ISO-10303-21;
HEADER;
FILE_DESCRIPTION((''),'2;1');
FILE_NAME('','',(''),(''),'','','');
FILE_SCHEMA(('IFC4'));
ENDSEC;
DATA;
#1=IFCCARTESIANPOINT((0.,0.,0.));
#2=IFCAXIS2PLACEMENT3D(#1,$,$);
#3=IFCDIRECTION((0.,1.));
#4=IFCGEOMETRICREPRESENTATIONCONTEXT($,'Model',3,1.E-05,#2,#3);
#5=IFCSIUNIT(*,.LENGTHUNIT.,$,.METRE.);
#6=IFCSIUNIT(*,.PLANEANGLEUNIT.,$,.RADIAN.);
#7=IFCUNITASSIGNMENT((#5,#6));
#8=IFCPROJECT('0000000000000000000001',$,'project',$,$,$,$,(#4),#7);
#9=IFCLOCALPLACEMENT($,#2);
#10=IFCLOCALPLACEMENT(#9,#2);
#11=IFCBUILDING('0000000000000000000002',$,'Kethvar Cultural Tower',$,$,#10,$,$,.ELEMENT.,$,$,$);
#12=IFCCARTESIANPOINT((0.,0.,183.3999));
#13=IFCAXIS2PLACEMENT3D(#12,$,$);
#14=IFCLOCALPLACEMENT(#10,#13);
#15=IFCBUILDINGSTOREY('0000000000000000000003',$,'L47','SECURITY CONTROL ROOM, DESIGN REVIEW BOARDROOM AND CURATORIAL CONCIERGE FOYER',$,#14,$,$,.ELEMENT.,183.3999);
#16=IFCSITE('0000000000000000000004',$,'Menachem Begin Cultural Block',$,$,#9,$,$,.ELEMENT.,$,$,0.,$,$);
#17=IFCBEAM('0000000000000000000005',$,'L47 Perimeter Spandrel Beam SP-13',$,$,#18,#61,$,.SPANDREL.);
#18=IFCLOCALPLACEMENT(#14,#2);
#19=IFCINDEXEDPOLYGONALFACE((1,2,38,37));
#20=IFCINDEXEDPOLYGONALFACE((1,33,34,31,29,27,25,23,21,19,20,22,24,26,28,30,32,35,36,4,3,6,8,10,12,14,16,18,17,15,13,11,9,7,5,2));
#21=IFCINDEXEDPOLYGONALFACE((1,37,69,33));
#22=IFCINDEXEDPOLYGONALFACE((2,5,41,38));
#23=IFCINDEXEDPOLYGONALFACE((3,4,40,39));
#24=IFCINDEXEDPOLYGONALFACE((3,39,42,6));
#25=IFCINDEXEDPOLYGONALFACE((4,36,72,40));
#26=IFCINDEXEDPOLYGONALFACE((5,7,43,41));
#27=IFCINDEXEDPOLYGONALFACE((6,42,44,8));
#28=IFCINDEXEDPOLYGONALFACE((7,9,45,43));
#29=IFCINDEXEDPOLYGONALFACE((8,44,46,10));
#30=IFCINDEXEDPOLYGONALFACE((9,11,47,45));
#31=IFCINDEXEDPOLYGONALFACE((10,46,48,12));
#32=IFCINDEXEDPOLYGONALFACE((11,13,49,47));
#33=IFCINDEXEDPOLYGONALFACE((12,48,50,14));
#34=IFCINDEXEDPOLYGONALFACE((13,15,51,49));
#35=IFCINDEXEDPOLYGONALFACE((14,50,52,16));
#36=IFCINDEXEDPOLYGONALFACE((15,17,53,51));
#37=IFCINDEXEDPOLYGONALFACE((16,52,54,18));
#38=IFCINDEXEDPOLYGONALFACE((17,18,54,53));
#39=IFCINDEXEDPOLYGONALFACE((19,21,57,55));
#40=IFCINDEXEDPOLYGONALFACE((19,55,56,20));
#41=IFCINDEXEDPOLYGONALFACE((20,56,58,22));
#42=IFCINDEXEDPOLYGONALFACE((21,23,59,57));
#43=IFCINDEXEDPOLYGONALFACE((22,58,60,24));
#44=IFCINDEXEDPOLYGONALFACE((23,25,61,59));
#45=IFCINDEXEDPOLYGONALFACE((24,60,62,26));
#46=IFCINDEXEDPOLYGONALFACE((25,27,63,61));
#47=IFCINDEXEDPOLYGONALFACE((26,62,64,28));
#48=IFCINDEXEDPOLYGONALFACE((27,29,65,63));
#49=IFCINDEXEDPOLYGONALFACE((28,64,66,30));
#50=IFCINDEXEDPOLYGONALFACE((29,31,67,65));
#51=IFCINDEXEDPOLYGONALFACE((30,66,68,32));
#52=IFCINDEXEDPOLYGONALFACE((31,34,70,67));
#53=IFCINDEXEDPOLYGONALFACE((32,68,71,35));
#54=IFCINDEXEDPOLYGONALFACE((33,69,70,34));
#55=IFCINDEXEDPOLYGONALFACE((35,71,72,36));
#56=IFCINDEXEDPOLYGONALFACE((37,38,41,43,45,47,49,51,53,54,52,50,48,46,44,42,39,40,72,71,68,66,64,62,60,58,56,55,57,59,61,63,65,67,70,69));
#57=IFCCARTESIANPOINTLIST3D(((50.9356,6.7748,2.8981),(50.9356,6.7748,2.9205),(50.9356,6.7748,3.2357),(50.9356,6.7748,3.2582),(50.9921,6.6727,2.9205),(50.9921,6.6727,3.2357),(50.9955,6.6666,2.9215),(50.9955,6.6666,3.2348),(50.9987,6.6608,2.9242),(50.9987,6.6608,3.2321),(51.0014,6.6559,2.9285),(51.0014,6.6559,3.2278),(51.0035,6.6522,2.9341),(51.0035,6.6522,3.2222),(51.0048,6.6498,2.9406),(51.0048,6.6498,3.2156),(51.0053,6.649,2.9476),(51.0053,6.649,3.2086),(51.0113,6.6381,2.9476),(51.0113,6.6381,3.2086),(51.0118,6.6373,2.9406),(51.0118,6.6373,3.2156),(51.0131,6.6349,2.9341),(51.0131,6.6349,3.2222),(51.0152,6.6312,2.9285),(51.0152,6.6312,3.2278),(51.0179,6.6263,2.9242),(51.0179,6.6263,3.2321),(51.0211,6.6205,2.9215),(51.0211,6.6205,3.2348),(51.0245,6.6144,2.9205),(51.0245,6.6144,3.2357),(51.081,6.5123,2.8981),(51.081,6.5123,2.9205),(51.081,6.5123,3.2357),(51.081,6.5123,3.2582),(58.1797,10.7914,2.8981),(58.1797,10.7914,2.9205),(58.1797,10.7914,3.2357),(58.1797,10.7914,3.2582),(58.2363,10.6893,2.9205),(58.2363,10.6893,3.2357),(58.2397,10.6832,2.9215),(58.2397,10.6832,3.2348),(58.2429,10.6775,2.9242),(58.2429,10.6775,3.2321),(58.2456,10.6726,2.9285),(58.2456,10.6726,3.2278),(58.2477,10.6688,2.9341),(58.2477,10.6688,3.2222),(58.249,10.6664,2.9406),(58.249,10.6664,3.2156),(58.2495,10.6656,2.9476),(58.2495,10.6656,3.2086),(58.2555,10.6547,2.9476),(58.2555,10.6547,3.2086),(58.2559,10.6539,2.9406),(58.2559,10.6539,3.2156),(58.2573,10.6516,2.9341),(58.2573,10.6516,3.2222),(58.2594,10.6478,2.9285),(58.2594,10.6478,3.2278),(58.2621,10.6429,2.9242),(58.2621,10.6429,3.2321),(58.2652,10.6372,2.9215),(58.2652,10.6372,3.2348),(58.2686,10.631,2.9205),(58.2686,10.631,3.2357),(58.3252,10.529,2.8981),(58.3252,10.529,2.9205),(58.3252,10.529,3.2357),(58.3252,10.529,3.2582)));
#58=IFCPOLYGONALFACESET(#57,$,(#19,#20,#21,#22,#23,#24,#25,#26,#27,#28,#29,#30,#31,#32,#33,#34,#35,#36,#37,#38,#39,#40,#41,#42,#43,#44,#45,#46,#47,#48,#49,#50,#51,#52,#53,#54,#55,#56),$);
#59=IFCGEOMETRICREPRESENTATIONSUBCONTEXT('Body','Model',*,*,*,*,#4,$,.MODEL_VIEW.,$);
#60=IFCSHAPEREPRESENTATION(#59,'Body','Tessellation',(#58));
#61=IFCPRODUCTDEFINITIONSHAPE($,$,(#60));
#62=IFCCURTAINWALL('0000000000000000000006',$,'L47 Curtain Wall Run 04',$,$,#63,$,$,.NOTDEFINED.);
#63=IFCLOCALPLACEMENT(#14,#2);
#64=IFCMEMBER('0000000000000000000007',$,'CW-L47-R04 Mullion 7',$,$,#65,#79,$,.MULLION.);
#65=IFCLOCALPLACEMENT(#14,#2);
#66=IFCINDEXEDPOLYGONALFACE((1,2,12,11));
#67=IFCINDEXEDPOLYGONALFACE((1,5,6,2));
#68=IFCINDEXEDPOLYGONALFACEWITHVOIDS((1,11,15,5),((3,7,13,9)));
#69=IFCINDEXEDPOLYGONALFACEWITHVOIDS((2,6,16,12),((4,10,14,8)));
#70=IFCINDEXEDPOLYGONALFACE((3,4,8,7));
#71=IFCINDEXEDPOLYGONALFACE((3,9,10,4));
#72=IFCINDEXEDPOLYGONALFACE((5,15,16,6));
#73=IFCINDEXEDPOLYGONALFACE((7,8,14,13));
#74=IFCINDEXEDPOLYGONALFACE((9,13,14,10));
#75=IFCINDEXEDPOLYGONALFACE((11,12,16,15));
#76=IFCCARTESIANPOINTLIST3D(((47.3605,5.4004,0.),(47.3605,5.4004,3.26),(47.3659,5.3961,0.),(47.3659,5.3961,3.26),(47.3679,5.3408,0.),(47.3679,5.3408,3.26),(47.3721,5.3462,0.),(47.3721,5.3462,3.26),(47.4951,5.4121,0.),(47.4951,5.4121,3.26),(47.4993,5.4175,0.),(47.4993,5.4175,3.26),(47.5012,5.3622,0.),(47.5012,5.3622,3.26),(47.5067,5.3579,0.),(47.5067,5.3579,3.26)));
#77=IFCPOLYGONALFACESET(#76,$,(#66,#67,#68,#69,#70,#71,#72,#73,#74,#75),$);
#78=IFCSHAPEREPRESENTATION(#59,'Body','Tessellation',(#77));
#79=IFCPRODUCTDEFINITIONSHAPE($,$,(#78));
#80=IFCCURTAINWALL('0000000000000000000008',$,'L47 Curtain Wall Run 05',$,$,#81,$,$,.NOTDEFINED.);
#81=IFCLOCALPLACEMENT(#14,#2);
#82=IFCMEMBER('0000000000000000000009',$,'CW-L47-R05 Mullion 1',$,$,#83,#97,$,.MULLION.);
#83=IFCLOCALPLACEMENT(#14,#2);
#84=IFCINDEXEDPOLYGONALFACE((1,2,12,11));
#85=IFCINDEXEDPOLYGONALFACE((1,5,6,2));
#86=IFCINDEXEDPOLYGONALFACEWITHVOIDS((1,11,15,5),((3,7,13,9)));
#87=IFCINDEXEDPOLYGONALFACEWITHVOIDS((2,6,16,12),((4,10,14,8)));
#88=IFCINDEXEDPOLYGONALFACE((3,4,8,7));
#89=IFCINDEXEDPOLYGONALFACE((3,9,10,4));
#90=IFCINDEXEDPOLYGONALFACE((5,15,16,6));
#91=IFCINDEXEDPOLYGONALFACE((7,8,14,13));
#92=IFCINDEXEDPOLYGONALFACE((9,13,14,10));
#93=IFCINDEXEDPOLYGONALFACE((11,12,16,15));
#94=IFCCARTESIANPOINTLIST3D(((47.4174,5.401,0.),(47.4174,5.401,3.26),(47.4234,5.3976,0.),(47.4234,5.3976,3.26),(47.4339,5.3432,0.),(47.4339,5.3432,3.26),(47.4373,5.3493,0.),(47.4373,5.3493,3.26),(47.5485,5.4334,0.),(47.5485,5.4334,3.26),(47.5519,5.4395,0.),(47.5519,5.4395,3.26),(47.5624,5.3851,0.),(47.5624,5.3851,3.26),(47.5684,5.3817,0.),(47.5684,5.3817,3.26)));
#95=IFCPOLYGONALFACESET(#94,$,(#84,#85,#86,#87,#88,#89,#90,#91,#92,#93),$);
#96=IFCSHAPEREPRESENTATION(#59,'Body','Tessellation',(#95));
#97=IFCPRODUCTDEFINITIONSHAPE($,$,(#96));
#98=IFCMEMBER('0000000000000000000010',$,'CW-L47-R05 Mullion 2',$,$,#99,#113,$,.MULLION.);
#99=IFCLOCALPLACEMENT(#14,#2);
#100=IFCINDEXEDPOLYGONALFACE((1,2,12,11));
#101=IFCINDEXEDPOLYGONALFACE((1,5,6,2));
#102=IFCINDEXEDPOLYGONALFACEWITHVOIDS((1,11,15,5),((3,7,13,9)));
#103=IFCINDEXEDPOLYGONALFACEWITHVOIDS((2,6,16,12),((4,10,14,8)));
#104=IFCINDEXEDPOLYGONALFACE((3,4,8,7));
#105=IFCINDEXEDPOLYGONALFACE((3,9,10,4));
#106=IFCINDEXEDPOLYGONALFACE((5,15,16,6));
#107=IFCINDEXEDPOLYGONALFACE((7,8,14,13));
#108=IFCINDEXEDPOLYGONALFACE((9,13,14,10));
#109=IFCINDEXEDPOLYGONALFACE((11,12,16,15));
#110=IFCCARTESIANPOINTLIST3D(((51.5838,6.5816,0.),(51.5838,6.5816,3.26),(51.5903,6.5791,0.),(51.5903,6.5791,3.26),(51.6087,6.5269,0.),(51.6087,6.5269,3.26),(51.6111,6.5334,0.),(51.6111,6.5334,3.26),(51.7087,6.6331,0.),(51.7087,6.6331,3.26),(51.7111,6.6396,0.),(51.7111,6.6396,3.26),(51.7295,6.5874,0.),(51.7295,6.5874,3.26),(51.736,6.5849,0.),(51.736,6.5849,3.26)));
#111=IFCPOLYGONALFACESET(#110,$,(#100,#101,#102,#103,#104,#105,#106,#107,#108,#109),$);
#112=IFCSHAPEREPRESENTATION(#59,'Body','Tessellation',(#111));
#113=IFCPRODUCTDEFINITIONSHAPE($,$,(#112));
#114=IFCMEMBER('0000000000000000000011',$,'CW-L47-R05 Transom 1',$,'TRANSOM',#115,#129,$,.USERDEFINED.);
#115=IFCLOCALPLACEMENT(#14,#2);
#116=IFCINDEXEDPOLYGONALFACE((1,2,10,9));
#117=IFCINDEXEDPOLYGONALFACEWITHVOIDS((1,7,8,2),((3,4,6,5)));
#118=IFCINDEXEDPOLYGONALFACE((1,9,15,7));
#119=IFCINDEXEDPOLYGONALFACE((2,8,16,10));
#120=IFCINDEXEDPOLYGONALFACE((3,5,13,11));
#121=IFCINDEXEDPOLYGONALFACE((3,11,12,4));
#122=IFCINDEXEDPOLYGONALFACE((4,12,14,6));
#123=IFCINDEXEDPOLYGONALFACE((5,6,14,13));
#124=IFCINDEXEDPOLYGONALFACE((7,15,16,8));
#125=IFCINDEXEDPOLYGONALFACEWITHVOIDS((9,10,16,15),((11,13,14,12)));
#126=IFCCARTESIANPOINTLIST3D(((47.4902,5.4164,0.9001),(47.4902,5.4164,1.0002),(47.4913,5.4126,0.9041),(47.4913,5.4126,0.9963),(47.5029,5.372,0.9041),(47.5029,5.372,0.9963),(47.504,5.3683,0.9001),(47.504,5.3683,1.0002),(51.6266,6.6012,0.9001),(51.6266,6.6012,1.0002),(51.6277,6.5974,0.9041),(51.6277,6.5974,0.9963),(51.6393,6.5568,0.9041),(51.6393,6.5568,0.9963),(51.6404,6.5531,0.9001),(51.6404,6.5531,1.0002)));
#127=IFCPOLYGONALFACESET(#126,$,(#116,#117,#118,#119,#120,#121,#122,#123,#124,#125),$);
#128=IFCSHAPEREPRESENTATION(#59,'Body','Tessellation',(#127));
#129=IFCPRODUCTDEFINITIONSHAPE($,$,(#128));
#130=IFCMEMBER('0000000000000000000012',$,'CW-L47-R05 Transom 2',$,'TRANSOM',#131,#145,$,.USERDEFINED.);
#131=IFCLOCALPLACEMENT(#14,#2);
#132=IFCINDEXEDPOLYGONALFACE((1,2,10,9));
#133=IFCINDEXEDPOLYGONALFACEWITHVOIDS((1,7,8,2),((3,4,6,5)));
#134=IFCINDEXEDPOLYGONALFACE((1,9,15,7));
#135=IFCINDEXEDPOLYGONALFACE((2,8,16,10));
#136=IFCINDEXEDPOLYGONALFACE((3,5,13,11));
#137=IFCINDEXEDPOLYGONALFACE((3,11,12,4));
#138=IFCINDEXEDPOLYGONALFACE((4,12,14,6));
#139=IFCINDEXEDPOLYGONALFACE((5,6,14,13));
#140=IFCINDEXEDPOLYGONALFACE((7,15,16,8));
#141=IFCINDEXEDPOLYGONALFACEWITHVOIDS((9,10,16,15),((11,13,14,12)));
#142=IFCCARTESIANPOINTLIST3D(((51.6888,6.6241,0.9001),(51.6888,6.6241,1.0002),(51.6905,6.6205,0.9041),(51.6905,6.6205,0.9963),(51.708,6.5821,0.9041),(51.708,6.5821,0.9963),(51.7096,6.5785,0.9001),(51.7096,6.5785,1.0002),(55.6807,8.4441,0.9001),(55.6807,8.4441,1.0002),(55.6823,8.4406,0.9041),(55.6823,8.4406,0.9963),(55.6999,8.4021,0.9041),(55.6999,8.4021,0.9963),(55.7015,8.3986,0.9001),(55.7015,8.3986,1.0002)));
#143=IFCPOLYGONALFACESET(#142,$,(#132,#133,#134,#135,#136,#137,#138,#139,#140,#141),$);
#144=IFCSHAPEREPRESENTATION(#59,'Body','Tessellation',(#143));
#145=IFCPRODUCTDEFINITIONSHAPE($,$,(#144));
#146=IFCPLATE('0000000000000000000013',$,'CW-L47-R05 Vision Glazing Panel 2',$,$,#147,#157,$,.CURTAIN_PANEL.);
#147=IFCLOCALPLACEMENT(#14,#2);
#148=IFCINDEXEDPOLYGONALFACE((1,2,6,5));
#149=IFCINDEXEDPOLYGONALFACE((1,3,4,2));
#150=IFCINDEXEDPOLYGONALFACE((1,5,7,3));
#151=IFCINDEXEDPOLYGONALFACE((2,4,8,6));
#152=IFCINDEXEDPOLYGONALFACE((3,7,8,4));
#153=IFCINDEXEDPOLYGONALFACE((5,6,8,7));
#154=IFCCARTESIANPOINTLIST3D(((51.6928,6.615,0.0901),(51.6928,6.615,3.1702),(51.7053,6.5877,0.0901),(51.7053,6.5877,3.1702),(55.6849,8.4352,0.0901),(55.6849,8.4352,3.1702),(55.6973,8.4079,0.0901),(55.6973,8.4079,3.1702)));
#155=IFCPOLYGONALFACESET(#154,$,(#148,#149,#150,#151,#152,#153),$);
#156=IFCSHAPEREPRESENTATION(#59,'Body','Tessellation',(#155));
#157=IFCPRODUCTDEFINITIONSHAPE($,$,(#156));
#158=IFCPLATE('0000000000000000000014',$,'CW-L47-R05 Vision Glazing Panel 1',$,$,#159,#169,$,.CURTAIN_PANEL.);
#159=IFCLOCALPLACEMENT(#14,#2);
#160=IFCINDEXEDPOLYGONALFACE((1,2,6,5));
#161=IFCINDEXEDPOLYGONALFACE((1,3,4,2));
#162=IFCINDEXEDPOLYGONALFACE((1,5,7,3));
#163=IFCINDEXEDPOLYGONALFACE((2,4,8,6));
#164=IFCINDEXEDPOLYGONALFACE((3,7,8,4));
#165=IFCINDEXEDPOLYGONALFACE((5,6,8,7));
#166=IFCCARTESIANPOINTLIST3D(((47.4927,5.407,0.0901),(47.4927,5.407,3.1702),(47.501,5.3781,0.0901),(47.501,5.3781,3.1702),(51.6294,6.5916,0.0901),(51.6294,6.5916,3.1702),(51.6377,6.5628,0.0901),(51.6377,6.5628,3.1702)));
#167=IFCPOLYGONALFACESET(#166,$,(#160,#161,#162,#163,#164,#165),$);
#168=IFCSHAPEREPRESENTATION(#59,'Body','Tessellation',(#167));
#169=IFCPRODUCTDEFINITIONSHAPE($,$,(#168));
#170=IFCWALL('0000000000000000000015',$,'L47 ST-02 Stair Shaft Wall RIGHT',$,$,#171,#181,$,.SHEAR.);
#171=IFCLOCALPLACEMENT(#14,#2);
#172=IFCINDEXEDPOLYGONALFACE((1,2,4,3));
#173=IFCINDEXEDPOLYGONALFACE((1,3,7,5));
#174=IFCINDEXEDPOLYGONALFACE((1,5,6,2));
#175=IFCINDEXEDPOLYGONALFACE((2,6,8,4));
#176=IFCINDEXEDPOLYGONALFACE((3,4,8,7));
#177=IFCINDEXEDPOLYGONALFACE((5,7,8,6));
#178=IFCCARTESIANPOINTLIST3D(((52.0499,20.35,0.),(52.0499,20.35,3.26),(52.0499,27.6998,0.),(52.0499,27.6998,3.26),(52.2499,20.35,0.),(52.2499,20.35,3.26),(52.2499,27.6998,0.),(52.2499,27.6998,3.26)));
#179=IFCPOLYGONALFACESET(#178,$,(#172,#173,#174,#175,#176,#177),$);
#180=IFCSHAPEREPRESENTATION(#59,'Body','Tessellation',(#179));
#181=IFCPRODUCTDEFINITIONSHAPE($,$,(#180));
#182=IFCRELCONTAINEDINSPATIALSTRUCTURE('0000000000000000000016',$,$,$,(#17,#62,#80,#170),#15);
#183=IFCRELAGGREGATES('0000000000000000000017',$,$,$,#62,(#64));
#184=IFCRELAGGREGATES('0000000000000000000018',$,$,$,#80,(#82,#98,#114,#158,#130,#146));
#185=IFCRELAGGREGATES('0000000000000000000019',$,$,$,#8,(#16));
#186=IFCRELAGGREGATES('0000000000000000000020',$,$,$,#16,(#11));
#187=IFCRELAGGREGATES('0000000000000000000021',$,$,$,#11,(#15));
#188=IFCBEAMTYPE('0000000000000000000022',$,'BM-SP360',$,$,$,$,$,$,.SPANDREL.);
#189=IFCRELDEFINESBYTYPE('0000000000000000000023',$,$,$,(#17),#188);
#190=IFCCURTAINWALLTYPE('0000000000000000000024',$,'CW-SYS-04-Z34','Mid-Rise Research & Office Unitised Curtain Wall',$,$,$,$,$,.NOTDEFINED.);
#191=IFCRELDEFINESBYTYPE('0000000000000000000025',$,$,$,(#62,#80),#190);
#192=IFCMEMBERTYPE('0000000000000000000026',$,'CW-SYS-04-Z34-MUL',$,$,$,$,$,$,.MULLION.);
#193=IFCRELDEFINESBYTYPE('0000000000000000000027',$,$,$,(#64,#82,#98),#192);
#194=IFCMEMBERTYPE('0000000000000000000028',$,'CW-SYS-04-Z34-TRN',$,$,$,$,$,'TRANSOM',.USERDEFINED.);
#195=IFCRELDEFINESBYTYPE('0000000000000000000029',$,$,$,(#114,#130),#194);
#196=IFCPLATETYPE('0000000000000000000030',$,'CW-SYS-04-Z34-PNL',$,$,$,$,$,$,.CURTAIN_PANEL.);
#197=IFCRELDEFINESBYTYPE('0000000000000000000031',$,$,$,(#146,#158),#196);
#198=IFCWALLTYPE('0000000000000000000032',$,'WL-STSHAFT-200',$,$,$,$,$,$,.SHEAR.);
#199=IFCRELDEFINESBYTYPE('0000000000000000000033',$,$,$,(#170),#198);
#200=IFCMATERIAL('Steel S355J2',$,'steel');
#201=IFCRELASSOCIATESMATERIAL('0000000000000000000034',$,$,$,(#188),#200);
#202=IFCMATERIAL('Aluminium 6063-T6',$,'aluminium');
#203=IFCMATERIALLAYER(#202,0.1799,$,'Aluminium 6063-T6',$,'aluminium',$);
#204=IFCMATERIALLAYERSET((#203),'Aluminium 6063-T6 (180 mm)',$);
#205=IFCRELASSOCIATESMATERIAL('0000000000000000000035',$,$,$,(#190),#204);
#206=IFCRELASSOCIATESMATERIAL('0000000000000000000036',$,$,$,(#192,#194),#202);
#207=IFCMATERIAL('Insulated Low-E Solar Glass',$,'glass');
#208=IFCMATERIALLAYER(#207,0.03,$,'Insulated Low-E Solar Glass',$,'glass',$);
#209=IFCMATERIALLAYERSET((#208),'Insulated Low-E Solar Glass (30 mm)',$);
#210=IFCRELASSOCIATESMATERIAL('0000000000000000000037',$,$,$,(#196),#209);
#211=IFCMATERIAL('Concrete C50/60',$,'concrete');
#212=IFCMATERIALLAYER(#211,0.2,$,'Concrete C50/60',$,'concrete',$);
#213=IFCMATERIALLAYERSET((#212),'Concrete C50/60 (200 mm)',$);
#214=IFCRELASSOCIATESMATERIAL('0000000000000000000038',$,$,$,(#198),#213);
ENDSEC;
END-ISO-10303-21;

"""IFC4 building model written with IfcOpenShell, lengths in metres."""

from ifc_helpers import new_model, si_unit, direction, frame, frame_2d, origin, origin_2d, place, context, subcontext, project, spatial, rectangle, hollow_rectangle, i_section, extrude, source, transform, mapped, material, layer, layer_set, material_profile, profile_set, type_object, element, aggregate, save


model = new_model("IFC4")

# Units and contexts
model_context = context("Model", 3, precision=1e-05, world=origin(), true_north=direction((0.0, 1.0)))
body_context = subcontext(model_context, "Body", "Model", "MODEL_VIEW")
ifc_project = project(units=[si_unit("LENGTHUNIT", "METRE"), si_unit("PLANEANGLEUNIT", "RADIAN")], contexts=[model_context])

# Site, building, storey
site_placement = place(None, origin())
site = spatial("IfcSite", under=ifc_project, at=site_placement, Name="Menachem Begin Cultural Block", CompositionType="ELEMENT", RefElevation=0.0)
building_placement = place(site_placement, origin())
building = spatial("IfcBuilding", under=site, at=building_placement, Name="Kethvar Cultural Tower", CompositionType="ELEMENT")
storey_placement = place(building_placement, frame((0.0, 0.0, 183.3999)))
storey = spatial("IfcBuildingStorey", under=building, at=storey_placement, Name="L47", Description="SECURITY CONTROL ROOM, DESIGN REVIEW BOARDROOM AND CURATORIAL CONCIERGE FOYER", CompositionType="ELEMENT", Elevation=183.3999)

# Beam
ifc_material_1 = material(Name="Steel S355J2", Category="steel")
ifc_material_profile_1 = material_profile(ifc_material_1, i_section(OverallWidth=0.3, OverallDepth=0.3601, WebThickness=0.0125, FlangeThickness=0.0225, FilletRadius=0.0271, at=origin_2d()), Name="Steel S355J2 — HEB360")
ifc_profile_set_1 = profile_set([ifc_material_profile_1], Name="Steel S355J2 — HEB360")
beam_type_1 = type_object("IfcBeamType", Name="BM-SP360", PredefinedType="SPANDREL", material=ifc_profile_set_1)
shared_shape_1 = source(origin(), body_context, "Body", "SweptSolid", [
    extrude(i_section(OverallWidth=0.3, OverallDepth=0.3601, WebThickness=0.0125, FlangeThickness=0.0225, FilletRadius=0.0271, at=origin_2d()), origin(), (0.0, 0.0, 1.0), 8.2832),
])
beam_1_placement = place(storey_placement, frame((51.0083, 6.6436, 3.0781), z_axis=(0.874563, 0.484912, 0.0), x_axis=(-0.484912, 0.874563, 0.0)))
element("IfcBeam", 1, at=beam_1_placement, inside=storey, type_object=beam_type_1, Name="L47 Perimeter Spandrel Beam SP-13", PredefinedType="SPANDREL", context=body_context, shape_type="MappedRepresentation", body=[
    mapped(shared_shape_1, transform((0.0, 0.0, 0.0), scale=1.0)),
])

# Curtain wall, member
ifc_material_2 = material(Name="Aluminium 6063-T6", Category="aluminium")
ifc_layer_1 = layer(ifc_material_2, 0.1799, Name="Aluminium 6063-T6", Category="aluminium")
ifc_layer_set_1 = layer_set([ifc_layer_1], Name="Aluminium 6063-T6 (180 mm)")
curtain_wall_type = type_object("IfcCurtainWallType", Name="CW-SYS-04-Z34", Description="Mid-Rise Research & Office Unitised Curtain Wall", PredefinedType="NOTDEFINED", material=ifc_layer_set_1)
curtain_wall_1_placement = place(storey_placement, origin())
curtain_wall_1 = element("IfcCurtainWall", 2, at=curtain_wall_1_placement, inside=storey, type_object=curtain_wall_type, Name="L47 Curtain Wall Run 04", PredefinedType="NOTDEFINED")
ifc_material_profile_2 = material_profile(ifc_material_2, hollow_rectangle(XDim=0.0601, YDim=0.1399, WallThickness=0.0049, at=origin_2d()), Name="Aluminium 6063-T6 — RHS140x60x5")
ifc_profile_set_2 = profile_set([ifc_material_profile_2], Name="Aluminium 6063-T6 — RHS140x60x5")
member_type_1 = type_object("IfcMemberType", Name="CW-SYS-04-Z34-MUL", PredefinedType="MULLION", material=ifc_profile_set_2)
shared_shape_2 = source(origin(), body_context, "Body", "SweptSolid", [
    extrude(hollow_rectangle(XDim=0.0601, YDim=0.1399, WallThickness=0.0049, at=origin_2d()), origin(), (0.0, 0.0, 1.0), 3.26),
])
member_1_placement = place(storey_placement, frame((47.4336, 5.3792, 0.0), z_axis=(0.0, 0.0, 1.0), x_axis=(-0.122614, 0.992454, 0.0)))
member_1 = element("IfcMember", 3, at=member_1_placement, type_object=member_type_1, Name="CW-L47-R04 Mullion 7", PredefinedType="MULLION", context=body_context, shape_type="MappedRepresentation", body=[
    mapped(shared_shape_2, transform((0.0, 0.0, 0.0), scale=1.0)),
])
aggregate(curtain_wall_1, [member_1])

# Curtain wall, members, plates
curtain_wall_2_placement = place(storey_placement, origin())
curtain_wall_2 = element("IfcCurtainWall", 4, at=curtain_wall_2_placement, inside=storey, type_object=curtain_wall_type, Name="L47 Curtain Wall Run 05", PredefinedType="NOTDEFINED")
member_2_placement = place(storey_placement, frame((47.4929, 5.3914, 0.0), z_axis=(0.0, 0.0, 1.0), x_axis=(-0.275319, 0.961353, 0.0)))
member_2 = element("IfcMember", 5, at=member_2_placement, type_object=member_type_1, Name="CW-L47-R05 Mullion 1", PredefinedType="MULLION", context=body_context, shape_type="MappedRepresentation", body=[
    mapped(shared_shape_2, transform((0.0, 0.0, 0.0), scale=1.0)),
])
member_3_placement = place(storey_placement, frame((51.6599, 6.5833, 0.0), z_axis=(0.0, 0.0, 1.0), x_axis=(-0.414868, 0.909882, 0.0)))
member_3 = element("IfcMember", 6, at=member_3_placement, type_object=member_type_1, Name="CW-L47-R05 Mullion 2", PredefinedType="MULLION", context=body_context, shape_type="MappedRepresentation", body=[
    mapped(shared_shape_2, transform((0.0, 0.0, 0.0), scale=1.0)),
])
ifc_material_profile_3 = material_profile(ifc_material_2, hollow_rectangle(XDim=0.05, YDim=0.1001, WallThickness=0.0039, at=origin_2d()), Name="Aluminium 6063-T6 — RHS100x50x4")
ifc_profile_set_3 = profile_set([ifc_material_profile_3], Name="Aluminium 6063-T6 — RHS100x50x4")
member_type_2 = type_object("IfcMemberType", Name="CW-SYS-04-Z34-TRN", ElementType="TRANSOM", PredefinedType="USERDEFINED", material=ifc_profile_set_3)
shared_shape_3 = source(origin(), body_context, "Body", "SweptSolid", [
    extrude(hollow_rectangle(XDim=0.05, YDim=0.1001, WallThickness=0.0039, at=origin_2d()), origin(), (0.0, 0.0, 1.0), 4.3027),
])
member_4_placement = place(storey_placement, frame((47.4971, 5.3923, 0.9502), z_axis=(0.961342, 0.275358, 0.0), x_axis=(-0.275358, 0.961342, 0.0)))
member_4 = element("IfcMember", 7, at=member_4_placement, type_object=member_type_2, Name="CW-L47-R05 Transom 1", ObjectType="TRANSOM", PredefinedType="USERDEFINED", context=body_context, shape_type="MappedRepresentation", body=[
    mapped(shared_shape_3, transform((0.0, 0.0, 0.0), scale=1.0)),
])
shared_shape_4 = source(origin(), body_context, "Body", "SweptSolid", [
    extrude(hollow_rectangle(XDim=0.05, YDim=0.1001, WallThickness=0.0039, at=origin_2d()), origin(), (0.0, 0.0, 1.0), 4.3872),
])
member_5_placement = place(storey_placement, frame((51.6992, 6.6013, 0.9502), z_axis=(0.909889, 0.414851, 0.0), x_axis=(-0.414851, 0.909889, 0.0)))
member_5 = element("IfcMember", 8, at=member_5_placement, type_object=member_type_2, Name="CW-L47-R05 Transom 2", ObjectType="TRANSOM", PredefinedType="USERDEFINED", context=body_context, shape_type="MappedRepresentation", body=[
    mapped(shared_shape_4, transform((0.0, 0.0, 0.0), scale=1.0)),
])
ifc_material_3 = material(Name="Insulated Low-E Solar Glass", Category="glass")
ifc_layer_2 = layer(ifc_material_3, 0.03, Name="Insulated Low-E Solar Glass", Category="glass")
ifc_layer_set_2 = layer_set([ifc_layer_2], Name="Insulated Low-E Solar Glass (30 mm)")
plate_type = type_object("IfcPlateType", Name="CW-SYS-04-Z34-PNL", PredefinedType="CURTAIN_PANEL", material=ifc_layer_set_2)
shared_shape_5 = source(origin(), body_context, "Body", "SweptSolid", [
    extrude(rectangle(XDim=4.3875, YDim=0.03, at=origin_2d()), origin(), (0.0, 0.0, 1.0), 3.0801),
])
plate_1_placement = place(storey_placement, frame((53.6951, 7.5115, 0.0901), z_axis=(0.0, 0.0, 1.0), x_axis=(0.909882, 0.414868, 0.0)))
plate_1 = element("IfcPlate", 9, at=plate_1_placement, type_object=plate_type, Name="CW-L47-R05 Vision Glazing Panel 2", PredefinedType="CURTAIN_PANEL", context=body_context, shape_type="MappedRepresentation", body=[
    mapped(shared_shape_5, transform((0.0, 0.0, 0.0), scale=1.0)),
])
shared_shape_6 = source(origin(), body_context, "Body", "SweptSolid", [
    extrude(rectangle(XDim=4.303, YDim=0.03, at=origin_2d()), origin(), (0.0, 0.0, 1.0), 3.0801),
])
plate_2_placement = place(storey_placement, frame((49.5652, 5.9849, 0.0901), z_axis=(0.0, 0.0, 1.0), x_axis=(0.961353, 0.275319, 0.0)))
plate_2 = element("IfcPlate", 10, at=plate_2_placement, type_object=plate_type, Name="CW-L47-R05 Vision Glazing Panel 1", PredefinedType="CURTAIN_PANEL", context=body_context, shape_type="MappedRepresentation", body=[
    mapped(shared_shape_6, transform((0.0, 0.0, 0.0), scale=1.0)),
])
aggregate(curtain_wall_2, [member_2, member_3, member_4, plate_2, member_5, plate_1])

# Wall
ifc_material_4 = material(Name="Concrete C50/60", Category="concrete")
ifc_layer_3 = layer(ifc_material_4, 0.2, Name="Concrete C50/60", Category="concrete")
ifc_layer_set_3 = layer_set([ifc_layer_3], Name="Concrete C50/60 (200 mm)")
wall_type_1 = type_object("IfcWallType", Name="WL-STSHAFT-200", PredefinedType="SHEAR", material=ifc_layer_set_3)
wall_1_placement = place(storey_placement, frame((52.1499, 20.3501, 0.0), z_axis=(0.0, 0.0, 1.0), x_axis=(0.0, 1.0, 0.0)))
element("IfcWall", 11, at=wall_1_placement, inside=storey, type_object=wall_type_1, Name="L47 ST-02 Stair Shaft Wall RIGHT", PredefinedType="SHEAR", context=body_context, shape_type="SweptSolid", body=[
    extrude(rectangle(XDim=7.3499, YDim=0.2, at=frame_2d((3.6748, 0.0))), origin(), (0.0, 0.0, 1.0), 3.26),
])

save(model, "model.ifc")
